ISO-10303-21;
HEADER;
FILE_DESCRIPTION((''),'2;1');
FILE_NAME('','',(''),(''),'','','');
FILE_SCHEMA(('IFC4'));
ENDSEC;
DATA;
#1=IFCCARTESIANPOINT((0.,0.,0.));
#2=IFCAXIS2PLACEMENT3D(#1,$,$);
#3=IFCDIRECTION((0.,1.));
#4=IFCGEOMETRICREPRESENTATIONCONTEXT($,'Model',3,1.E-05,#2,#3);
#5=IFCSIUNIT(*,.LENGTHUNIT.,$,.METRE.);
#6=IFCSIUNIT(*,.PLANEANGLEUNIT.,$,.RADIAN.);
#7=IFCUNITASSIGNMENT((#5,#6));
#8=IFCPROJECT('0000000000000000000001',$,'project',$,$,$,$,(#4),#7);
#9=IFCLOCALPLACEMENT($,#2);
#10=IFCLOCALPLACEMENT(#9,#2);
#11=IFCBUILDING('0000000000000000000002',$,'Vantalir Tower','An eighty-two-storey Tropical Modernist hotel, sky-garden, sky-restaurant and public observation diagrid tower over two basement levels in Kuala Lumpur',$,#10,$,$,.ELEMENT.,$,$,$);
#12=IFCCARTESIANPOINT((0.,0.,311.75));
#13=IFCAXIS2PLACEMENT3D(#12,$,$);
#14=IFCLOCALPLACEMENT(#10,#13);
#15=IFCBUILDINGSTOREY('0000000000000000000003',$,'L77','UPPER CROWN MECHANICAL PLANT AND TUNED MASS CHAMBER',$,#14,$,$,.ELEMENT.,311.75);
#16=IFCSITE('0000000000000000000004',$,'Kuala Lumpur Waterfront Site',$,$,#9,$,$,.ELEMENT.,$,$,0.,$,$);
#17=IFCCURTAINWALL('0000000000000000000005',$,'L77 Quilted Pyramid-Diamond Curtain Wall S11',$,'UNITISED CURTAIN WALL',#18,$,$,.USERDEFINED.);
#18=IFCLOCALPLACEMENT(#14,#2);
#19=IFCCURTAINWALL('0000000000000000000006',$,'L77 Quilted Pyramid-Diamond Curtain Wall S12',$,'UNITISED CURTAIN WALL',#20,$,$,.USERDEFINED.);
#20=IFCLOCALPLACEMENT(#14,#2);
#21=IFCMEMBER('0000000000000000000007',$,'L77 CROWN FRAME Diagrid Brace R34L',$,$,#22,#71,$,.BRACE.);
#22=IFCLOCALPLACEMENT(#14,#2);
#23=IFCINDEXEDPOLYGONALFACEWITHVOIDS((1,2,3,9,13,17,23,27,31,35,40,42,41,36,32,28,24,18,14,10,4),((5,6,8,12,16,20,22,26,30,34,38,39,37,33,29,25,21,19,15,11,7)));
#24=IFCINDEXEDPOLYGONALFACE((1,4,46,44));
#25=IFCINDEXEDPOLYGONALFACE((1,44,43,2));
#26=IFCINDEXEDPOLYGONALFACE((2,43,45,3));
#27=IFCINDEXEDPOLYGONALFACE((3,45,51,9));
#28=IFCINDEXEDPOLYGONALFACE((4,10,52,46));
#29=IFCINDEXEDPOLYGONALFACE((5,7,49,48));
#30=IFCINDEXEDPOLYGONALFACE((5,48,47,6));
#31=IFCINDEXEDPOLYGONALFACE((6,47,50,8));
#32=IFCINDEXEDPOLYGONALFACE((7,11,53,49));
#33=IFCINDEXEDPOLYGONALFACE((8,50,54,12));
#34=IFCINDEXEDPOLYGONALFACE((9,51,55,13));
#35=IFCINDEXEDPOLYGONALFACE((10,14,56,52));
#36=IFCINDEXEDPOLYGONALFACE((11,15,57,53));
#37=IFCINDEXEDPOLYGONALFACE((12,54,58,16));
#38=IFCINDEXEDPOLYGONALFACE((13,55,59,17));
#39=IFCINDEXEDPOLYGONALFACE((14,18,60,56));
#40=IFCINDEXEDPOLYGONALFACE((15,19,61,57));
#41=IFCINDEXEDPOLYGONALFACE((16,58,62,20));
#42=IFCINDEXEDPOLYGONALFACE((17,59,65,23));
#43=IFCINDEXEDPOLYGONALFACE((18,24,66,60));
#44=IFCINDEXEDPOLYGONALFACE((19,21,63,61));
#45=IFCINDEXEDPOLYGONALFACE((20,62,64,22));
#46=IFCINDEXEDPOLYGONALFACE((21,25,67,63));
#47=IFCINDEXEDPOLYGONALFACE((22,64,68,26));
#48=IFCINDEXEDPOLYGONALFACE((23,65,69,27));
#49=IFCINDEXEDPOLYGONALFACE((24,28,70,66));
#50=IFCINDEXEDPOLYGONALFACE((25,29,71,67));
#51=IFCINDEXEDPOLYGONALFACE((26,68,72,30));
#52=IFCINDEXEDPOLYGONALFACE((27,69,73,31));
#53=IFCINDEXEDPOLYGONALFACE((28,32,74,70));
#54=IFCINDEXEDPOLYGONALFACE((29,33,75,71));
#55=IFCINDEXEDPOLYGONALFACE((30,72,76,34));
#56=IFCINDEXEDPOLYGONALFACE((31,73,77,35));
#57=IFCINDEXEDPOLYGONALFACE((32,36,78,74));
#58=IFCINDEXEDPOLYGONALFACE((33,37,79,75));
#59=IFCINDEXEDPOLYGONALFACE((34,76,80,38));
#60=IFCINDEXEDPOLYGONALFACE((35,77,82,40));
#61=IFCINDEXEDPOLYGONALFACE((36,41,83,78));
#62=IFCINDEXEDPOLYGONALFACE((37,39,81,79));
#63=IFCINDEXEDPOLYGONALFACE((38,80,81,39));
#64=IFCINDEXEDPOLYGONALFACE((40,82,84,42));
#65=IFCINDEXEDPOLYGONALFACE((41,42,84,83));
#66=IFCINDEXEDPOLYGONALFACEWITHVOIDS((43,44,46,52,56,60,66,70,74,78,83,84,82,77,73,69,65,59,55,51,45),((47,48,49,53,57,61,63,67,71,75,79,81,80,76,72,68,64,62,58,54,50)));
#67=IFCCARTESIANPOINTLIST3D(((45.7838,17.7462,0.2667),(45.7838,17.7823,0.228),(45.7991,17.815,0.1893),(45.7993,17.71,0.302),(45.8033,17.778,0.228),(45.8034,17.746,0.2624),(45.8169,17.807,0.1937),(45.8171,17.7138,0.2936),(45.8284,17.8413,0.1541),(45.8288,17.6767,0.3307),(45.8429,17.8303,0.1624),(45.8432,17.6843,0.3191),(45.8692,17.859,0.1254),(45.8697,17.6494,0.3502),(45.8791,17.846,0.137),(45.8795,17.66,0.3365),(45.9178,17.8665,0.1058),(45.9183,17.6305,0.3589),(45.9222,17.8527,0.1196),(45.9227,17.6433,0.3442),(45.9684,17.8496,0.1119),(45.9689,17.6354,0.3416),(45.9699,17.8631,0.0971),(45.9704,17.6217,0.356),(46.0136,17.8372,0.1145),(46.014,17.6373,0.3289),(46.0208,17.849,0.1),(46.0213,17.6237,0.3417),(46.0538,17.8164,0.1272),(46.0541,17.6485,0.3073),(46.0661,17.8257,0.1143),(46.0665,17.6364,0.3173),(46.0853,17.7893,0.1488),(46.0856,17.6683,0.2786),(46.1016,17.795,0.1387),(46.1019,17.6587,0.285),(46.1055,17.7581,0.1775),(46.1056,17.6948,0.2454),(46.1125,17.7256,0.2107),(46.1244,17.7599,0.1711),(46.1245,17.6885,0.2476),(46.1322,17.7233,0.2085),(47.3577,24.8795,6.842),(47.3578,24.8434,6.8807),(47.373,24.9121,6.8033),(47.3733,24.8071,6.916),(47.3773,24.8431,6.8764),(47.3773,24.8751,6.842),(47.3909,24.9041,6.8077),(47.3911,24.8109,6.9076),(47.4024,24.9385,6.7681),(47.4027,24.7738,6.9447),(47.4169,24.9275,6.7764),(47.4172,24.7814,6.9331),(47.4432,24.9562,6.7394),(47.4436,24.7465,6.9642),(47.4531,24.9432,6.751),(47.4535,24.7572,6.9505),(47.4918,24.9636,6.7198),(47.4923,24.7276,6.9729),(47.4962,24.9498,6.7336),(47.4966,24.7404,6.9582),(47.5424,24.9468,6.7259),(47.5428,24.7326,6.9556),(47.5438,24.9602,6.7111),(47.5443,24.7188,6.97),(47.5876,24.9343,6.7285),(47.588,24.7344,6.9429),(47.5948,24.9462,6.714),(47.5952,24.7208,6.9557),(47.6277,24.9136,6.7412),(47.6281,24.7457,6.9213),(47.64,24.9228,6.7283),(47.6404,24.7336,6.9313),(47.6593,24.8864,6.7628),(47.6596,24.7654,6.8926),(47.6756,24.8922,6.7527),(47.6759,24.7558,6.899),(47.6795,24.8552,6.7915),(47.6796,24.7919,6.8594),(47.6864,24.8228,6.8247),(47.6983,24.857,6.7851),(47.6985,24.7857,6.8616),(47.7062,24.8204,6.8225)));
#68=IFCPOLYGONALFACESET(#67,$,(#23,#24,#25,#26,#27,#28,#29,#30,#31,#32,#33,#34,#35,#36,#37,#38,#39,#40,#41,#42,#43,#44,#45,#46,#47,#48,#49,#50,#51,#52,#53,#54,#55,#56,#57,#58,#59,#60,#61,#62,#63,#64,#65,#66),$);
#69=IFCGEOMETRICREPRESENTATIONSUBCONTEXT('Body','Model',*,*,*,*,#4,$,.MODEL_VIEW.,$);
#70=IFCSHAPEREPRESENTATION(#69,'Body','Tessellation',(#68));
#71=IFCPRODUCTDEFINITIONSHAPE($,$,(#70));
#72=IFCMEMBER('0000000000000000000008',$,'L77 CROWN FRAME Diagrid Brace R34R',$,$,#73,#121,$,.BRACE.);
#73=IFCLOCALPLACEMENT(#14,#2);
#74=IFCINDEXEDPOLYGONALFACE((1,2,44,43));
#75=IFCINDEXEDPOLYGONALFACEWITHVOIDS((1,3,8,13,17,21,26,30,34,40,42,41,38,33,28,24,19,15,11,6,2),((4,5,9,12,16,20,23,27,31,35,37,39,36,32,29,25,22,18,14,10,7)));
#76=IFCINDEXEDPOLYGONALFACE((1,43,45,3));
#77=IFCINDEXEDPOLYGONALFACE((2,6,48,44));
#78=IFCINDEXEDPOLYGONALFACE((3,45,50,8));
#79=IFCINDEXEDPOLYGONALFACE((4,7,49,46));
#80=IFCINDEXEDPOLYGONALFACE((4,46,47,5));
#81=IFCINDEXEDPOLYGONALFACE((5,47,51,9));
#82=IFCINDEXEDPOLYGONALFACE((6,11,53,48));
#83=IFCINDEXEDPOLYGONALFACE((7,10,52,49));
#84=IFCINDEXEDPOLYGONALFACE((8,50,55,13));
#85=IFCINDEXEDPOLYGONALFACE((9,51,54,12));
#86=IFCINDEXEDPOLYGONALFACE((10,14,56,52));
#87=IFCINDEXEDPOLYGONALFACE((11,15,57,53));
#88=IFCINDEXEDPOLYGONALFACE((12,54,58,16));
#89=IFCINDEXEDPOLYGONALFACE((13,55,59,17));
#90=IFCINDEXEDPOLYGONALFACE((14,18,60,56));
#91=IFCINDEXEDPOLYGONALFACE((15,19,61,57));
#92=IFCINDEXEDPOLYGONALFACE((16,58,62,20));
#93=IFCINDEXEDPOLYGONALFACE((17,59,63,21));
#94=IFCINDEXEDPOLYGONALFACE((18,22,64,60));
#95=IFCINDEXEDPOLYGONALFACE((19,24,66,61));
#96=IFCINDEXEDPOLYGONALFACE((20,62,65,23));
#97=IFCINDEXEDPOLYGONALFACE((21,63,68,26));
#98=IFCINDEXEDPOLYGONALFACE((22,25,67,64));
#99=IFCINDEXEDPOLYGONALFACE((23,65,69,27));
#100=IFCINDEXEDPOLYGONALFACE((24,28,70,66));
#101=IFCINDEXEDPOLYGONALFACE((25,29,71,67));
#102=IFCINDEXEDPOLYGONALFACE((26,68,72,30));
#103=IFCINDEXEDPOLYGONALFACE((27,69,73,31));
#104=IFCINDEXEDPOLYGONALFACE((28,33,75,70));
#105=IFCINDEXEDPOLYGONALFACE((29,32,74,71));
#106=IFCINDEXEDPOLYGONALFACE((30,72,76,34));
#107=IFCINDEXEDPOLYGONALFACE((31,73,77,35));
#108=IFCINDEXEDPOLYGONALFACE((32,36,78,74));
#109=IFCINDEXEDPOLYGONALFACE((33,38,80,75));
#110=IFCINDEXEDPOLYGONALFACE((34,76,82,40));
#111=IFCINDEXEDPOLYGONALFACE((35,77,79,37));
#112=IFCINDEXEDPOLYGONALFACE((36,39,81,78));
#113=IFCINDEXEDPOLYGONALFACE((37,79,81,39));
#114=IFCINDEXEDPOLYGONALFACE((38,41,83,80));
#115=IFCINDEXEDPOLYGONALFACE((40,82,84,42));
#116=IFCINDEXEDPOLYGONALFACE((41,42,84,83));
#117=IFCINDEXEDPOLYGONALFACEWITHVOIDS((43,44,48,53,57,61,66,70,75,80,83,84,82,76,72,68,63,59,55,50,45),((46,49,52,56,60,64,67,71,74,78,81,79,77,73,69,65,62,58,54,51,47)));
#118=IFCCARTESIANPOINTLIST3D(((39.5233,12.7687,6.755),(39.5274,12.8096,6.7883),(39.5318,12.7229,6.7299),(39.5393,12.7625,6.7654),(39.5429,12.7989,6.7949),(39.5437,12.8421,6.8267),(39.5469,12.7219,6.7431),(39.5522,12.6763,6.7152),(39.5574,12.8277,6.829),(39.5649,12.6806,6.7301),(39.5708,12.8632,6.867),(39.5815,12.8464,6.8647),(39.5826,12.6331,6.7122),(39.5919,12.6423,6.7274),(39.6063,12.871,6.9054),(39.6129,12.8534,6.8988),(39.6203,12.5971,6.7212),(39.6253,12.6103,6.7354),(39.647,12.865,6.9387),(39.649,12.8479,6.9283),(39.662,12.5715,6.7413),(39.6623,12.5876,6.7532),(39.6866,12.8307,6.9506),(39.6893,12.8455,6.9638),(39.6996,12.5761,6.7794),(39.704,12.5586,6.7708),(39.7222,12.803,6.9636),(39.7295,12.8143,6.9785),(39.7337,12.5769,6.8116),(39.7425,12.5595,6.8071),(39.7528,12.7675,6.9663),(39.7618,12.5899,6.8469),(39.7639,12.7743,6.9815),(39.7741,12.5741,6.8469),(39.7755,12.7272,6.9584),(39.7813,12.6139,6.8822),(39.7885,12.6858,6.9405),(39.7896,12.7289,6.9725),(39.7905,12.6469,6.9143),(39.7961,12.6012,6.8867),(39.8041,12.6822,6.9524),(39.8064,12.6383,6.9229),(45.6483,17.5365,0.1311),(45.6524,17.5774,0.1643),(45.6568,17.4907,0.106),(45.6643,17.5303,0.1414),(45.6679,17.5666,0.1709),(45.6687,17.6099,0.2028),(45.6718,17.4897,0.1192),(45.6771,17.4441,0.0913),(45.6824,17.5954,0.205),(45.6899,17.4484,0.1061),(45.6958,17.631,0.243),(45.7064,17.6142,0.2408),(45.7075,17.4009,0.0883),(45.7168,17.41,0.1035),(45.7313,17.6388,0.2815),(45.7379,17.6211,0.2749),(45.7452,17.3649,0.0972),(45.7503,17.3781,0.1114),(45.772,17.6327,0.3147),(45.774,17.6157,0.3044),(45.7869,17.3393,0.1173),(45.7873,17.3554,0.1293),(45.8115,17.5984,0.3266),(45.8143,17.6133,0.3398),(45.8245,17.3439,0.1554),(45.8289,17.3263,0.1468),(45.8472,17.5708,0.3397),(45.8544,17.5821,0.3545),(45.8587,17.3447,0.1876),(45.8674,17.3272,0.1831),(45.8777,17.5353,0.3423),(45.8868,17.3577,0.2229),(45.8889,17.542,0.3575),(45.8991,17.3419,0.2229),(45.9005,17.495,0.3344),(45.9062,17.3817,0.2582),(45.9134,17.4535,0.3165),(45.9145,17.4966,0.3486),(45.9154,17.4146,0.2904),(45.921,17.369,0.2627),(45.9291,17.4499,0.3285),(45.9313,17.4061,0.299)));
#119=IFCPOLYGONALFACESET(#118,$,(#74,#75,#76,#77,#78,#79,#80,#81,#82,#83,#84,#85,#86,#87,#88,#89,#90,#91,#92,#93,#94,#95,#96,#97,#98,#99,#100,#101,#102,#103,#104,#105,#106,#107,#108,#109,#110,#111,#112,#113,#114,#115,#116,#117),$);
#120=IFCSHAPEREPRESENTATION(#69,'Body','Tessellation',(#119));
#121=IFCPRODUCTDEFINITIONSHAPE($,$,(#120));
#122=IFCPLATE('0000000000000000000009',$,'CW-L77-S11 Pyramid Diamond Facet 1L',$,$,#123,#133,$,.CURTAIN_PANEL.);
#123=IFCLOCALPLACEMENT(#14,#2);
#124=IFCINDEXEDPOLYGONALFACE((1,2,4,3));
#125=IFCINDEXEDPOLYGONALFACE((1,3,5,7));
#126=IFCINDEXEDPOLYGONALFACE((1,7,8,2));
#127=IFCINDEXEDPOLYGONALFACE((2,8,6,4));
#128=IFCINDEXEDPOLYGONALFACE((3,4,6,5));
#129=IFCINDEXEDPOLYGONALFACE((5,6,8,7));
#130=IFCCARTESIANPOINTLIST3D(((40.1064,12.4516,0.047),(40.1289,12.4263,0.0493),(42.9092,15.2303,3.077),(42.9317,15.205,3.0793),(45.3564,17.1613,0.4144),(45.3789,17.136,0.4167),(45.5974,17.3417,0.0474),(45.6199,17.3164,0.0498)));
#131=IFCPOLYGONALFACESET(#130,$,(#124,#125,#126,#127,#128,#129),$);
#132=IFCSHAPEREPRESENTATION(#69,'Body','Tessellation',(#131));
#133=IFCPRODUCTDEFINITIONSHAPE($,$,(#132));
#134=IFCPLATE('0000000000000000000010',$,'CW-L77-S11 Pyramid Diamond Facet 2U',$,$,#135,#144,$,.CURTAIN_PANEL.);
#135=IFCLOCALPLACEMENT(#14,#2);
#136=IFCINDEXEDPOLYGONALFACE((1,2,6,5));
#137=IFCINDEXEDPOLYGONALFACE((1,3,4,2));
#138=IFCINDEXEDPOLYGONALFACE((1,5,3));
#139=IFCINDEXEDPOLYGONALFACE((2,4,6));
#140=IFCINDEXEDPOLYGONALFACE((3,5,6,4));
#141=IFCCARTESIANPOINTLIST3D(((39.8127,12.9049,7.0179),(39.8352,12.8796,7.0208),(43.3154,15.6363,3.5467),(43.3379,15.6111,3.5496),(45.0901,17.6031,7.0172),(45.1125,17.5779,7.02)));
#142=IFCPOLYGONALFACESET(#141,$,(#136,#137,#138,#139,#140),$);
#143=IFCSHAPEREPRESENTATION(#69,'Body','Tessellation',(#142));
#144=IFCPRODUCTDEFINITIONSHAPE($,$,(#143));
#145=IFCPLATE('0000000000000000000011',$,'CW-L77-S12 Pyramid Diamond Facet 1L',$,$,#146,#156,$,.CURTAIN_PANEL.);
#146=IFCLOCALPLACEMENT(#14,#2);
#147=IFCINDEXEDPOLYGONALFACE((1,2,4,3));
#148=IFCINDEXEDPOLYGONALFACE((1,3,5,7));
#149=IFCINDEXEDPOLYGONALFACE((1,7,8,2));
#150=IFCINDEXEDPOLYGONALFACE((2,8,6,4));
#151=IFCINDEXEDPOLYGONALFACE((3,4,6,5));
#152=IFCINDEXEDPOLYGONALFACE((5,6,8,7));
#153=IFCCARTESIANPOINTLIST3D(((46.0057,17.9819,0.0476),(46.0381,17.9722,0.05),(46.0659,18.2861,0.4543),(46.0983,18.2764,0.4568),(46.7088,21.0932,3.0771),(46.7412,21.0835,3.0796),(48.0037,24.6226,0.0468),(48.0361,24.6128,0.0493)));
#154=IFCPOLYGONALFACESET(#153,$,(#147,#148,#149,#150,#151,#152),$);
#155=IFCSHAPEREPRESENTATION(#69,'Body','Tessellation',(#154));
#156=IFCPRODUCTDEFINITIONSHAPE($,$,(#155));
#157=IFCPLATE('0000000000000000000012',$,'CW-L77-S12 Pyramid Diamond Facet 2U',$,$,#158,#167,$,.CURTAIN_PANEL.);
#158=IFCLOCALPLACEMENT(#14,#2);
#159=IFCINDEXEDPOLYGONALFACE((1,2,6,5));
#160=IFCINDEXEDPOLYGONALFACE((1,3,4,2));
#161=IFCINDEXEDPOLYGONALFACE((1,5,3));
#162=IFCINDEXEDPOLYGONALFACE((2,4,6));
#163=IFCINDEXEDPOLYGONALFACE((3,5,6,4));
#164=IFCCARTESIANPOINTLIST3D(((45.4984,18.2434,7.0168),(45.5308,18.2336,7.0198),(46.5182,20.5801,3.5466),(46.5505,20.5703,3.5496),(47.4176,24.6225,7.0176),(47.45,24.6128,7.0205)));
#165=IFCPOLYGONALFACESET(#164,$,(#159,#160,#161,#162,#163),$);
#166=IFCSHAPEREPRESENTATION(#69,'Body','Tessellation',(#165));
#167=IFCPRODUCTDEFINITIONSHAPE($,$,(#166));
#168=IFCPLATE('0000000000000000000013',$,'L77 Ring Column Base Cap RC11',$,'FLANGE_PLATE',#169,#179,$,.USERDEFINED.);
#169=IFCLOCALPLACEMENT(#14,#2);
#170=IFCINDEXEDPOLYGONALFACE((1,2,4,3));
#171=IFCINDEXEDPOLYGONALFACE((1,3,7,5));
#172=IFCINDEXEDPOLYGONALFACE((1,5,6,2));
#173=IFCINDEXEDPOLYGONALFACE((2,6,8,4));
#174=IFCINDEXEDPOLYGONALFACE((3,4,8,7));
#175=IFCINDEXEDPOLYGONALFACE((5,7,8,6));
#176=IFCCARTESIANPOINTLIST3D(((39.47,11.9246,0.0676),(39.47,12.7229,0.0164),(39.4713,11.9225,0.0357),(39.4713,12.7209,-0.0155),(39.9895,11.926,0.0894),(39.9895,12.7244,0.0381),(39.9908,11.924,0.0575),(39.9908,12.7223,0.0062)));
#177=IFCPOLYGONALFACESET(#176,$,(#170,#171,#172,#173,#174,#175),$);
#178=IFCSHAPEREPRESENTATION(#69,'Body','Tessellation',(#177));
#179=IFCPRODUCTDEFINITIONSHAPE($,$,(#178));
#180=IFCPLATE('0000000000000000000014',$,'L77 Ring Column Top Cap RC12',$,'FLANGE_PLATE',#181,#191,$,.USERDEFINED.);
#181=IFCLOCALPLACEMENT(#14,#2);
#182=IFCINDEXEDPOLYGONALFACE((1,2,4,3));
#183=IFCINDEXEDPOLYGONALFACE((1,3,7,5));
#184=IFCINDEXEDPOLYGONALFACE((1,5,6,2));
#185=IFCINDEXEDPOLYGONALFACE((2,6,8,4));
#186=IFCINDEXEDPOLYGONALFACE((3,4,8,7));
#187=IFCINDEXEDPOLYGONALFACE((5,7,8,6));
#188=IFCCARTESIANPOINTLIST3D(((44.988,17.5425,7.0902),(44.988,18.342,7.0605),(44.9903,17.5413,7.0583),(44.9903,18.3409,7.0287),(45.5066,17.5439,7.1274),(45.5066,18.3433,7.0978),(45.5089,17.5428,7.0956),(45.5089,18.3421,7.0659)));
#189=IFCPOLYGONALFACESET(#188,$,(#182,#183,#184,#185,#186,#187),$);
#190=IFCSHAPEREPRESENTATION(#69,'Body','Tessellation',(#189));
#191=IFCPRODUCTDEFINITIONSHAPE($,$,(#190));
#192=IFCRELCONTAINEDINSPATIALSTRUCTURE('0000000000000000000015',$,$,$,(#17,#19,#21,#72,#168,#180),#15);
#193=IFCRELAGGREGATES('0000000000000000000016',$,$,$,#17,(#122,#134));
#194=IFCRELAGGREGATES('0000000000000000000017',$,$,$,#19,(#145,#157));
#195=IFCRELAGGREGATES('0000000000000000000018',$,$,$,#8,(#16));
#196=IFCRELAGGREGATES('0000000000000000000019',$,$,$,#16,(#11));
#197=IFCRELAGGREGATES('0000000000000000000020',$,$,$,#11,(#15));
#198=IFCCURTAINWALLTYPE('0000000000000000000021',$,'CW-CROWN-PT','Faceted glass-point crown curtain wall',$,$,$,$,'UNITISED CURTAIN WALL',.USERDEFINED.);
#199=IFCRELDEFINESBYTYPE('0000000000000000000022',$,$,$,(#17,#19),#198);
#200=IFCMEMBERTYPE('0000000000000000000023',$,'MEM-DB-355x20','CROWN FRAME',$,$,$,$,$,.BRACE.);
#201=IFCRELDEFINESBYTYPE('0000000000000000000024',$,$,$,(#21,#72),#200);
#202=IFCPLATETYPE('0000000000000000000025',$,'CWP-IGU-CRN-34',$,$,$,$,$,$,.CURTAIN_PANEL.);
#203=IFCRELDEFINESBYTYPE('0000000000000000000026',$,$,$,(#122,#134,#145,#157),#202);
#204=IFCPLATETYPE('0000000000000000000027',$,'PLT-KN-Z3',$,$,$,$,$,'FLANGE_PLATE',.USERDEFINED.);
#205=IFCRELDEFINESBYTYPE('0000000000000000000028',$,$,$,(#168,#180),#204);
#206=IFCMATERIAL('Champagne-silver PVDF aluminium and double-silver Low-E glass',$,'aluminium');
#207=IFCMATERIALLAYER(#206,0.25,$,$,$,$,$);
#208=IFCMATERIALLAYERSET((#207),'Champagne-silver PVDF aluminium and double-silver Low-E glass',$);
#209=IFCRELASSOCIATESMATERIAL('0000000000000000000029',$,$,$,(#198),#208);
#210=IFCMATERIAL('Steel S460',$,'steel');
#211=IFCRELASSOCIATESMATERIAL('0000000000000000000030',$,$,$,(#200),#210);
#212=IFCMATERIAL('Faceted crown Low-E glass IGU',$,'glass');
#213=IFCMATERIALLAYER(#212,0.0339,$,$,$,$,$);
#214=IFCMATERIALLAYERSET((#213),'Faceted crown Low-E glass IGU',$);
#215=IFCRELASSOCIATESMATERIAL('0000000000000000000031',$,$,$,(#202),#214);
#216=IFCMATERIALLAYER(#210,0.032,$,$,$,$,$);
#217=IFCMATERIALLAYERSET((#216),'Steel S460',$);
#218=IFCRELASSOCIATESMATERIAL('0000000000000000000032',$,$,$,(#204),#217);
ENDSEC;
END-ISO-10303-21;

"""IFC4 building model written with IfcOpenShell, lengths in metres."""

from ifc_helpers import new_model, si_unit, direction, frame, origin, origin_2d, place, context, subcontext, project, spatial, polyline, hollow_circle, outline, extrude, material, layer, layer_set, material_profile, profile_set, type_object, element, aggregate, save


model = new_model("IFC4")

# Units and contexts
model_context = context("Model", 3, precision=1e-05, world=origin(), true_north=direction((0.0, 1.0)))
body_context = subcontext(model_context, "Body", "Model", "MODEL_VIEW")
ifc_project = project(units=[si_unit("LENGTHUNIT", "METRE"), si_unit("PLANEANGLEUNIT", "RADIAN")], contexts=[model_context])

# Site, building, storey
site_placement = place(None, origin())
site = spatial("IfcSite", under=ifc_project, at=site_placement, Name="Kuala Lumpur Waterfront Site", CompositionType="ELEMENT", RefElevation=0.0)
building_placement = place(site_placement, origin())
building = spatial("IfcBuilding", under=site, at=building_placement, Name="Vantalir Tower", Description="An eighty-two-storey Tropical Modernist hotel, sky-garden, sky-restaurant and public observation diagrid tower over two basement levels in Kuala Lumpur", CompositionType="ELEMENT")
storey_placement = place(building_placement, frame((0.0, 0.0, 311.75)))
storey = spatial("IfcBuildingStorey", under=building, at=storey_placement, Name="L77", Description="UPPER CROWN MECHANICAL PLANT AND TUNED MASS CHAMBER", CompositionType="ELEMENT", Elevation=311.75)

# Shared definitions
ifc_material_1 = material(Name="Steel S460", Category="steel")

# Shared definitions
ifc_material_2 = material(Name="Champagne-silver PVDF aluminium and double-silver Low-E glass", Category="aluminium")
ifc_layer_1 = layer(ifc_material_2, 0.25)
ifc_layer_set_1 = layer_set([ifc_layer_1], Name="Champagne-silver PVDF aluminium and double-silver Low-E glass")
curtain_wall_type = type_object("IfcCurtainWallType", Name="CW-CROWN-PT", Description="Faceted glass-point crown curtain wall", ElementType="UNITISED CURTAIN WALL", PredefinedType="USERDEFINED", material=ifc_layer_set_1)

# Curtain walls
curtain_wall_1_placement = place(storey_placement, origin())
curtain_wall_1 = element("IfcCurtainWall", 1, at=curtain_wall_1_placement, inside=storey, type_object=curtain_wall_type, Name="L77 Quilted Pyramid-Diamond Curtain Wall S11", ObjectType="UNITISED CURTAIN WALL", PredefinedType="USERDEFINED")
curtain_wall_2_placement = place(storey_placement, origin())
curtain_wall_2 = element("IfcCurtainWall", 2, at=curtain_wall_2_placement, inside=storey, type_object=curtain_wall_type, Name="L77 Quilted Pyramid-Diamond Curtain Wall S12", ObjectType="UNITISED CURTAIN WALL", PredefinedType="USERDEFINED")

# Members
ifc_material_profile_1 = material_profile(ifc_material_1, hollow_circle(Radius=0.1775, WallThickness=0.02, at=origin_2d()), Name="Steel S460")
ifc_profile_set_1 = profile_set([ifc_material_profile_1], Name="Steel S460")
member_type_1 = type_object("IfcMemberType", Name="MEM-DB-355x20", Description="CROWN FRAME", PredefinedType="BRACE", material=ifc_profile_set_1)
member_1_placement = place(storey_placement, frame((45.957, 17.7439, 0.228), z_axis=(0.16015, 0.722127, 0.672967), x_axis=(-0.976279, 0.216514, 0.0)))
element("IfcMember", 3, at=member_1_placement, inside=storey, type_object=member_type_1, Name="L77 CROWN FRAME Diagrid Brace R34L", PredefinedType="BRACE", context=body_context, shape_type="SweptSolid", body=[
    extrude(hollow_circle(Radius=0.1775, WallThickness=0.02, at=origin_2d()), origin(), (0.0, 0.0, 1.0), 9.8281),
])
member_2_placement = place(storey_placement, frame((45.79, 17.4819, 0.2229), z_axis=(-0.600244, -0.467242, 0.649148), x_axis=(0.614256, -0.789107, 0.0)))
element("IfcMember", 4, at=member_2_placement, inside=storey, type_object=member_type_1, Name="L77 CROWN FRAME Diagrid Brace R34R", PredefinedType="BRACE", context=body_context, shape_type="SweptSolid", body=[
    extrude(hollow_circle(Radius=0.1775, WallThickness=0.02, at=origin_2d()), origin(), (0.0, 0.0, 1.0), 10.2041),
])

# Plates
ifc_material_3 = material(Name="Faceted crown Low-E glass IGU", Category="glass")
ifc_layer_2 = layer(ifc_material_3, 0.0339)
ifc_layer_set_2 = layer_set([ifc_layer_2], Name="Faceted crown Low-E glass IGU")
plate_type_1 = type_object("IfcPlateType", Name="CWP-IGU-CRN-34", PredefinedType="CURTAIN_PANEL", material=ifc_layer_set_2)
plate_1_placement = place(storey_placement, frame((40.1289, 12.4263, 0.0493), z_axis=(0.663451, -0.744983, 0.069518), x_axis=(0.746787, 0.665063, 0.000067)))
plate_1 = element("IfcPlate", 5, at=plate_1_placement, type_object=plate_type_1, Name="CW-L77-S11 Pyramid Diamond Facet 1L", PredefinedType="CURTAIN_PANEL", context=body_context, shape_type="SweptSolid", body=[
    extrude(outline(polyline([(0.0, 0.0), (7.3528, 0.0), (7.0529, 0.3678), (3.9413, 3.0371), (0.0, 0.0)])), origin(), (0.0, 0.0, -1.0), 0.0339),
])
plate_2_placement = place(storey_placement, frame((45.1125, 17.5779, 7.02), z_axis=(0.662652, -0.744317, 0.082969), x_axis=(-0.746898, -0.664938, 0.000104)))
plate_2 = element("IfcPlate", 6, at=plate_2_placement, type_object=plate_type_1, Name="CW-L77-S11 Pyramid Diamond Facet 2U", PredefinedType="CURTAIN_PANEL", context=body_context, shape_type="SweptSolid", body=[
    extrude(outline(polyline([(0.0, 0.0), (7.0657, 0.0), (2.6329, 3.4827), (0.0, 0.0)])), origin(), (0.0, 0.0, -1.0), 0.0339),
])
aggregate(curtain_wall_1, [plate_1, plate_2])
plate_3_placement = place(storey_placement, frame((46.0381, 17.9722, 0.05), z_axis=(0.955012, -0.28733, 0.073439), x_axis=(0.288115, 0.957596, -0.000106)))
plate_3 = element("IfcPlate", 7, at=plate_3_placement, type_object=plate_type_1, Name="CW-L77-S12 Pyramid Diamond Facet 1L", PredefinedType="CURTAIN_PANEL", context=body_context, shape_type="SweptSolid", body=[
    extrude(outline(polyline([(0.0, 0.0), (6.9347, 0.0), (3.1817, 3.0381), (0.3086, 0.4079), (0.0, 0.0)])), origin(), (0.0, 0.0, -1.0), 0.0339),
])
plate_4_placement = place(storey_placement, frame((47.45, 24.6128, 7.0205), z_axis=(0.953961, -0.287012, 0.087076), x_axis=(-0.288098, -0.957601, -0.00011)))
plate_4 = element("IfcPlate", 8, at=plate_4_placement, type_object=plate_type_1, Name="CW-L77-S12 Pyramid Diamond Facet 2U", PredefinedType="CURTAIN_PANEL", context=body_context, shape_type="SweptSolid", body=[
    extrude(outline(polyline([(0.0, 0.0), (6.6616, 0.0), (4.1306, 3.4837), (0.0, 0.0)])), origin(), (0.0, 0.0, -1.0), 0.0339),
])
aggregate(curtain_wall_2, [plate_3, plate_4])

# Plates
ifc_layer_3 = layer(ifc_material_1, 0.032)
ifc_layer_set_3 = layer_set([ifc_layer_3], Name="Steel S460")
plate_type_2 = type_object("IfcPlateType", Name="PLT-KN-Z3", ElementType="FLANGE_PLATE", PredefinedType="USERDEFINED", material=ifc_layer_set_3)
plate_5_placement = place(storey_placement, frame((39.47, 12.7229, 0.0164), z_axis=(-0.041881, 0.064032, 0.997069), x_axis=(0.0, -0.997944, 0.064088)))
element("IfcPlate", 9, at=plate_5_placement, inside=storey, type_object=plate_type_2, Name="L77 Ring Column Base Cap RC11", ObjectType="FLANGE_PLATE", PredefinedType="USERDEFINED", context=body_context, shape_type="SweptSolid", body=[
    extrude(outline(polyline([(0.0, 0.0), (0.8, 0.0), (0.7999, 0.52), (-0.0001, 0.52), (0.0, 0.0)])), origin(), (0.0, 0.0, -1.0), 0.032),
])
plate_6_placement = place(storey_placement, frame((44.988, 18.342, 7.0605), z_axis=(-0.07166, 0.036984, 0.996743), x_axis=(-0.000011, -0.999312, 0.037079)))
element("IfcPlate", 10, at=plate_6_placement, inside=storey, type_object=plate_type_2, Name="L77 Ring Column Top Cap RC12", ObjectType="FLANGE_PLATE", PredefinedType="USERDEFINED", context=body_context, shape_type="SweptSolid", body=[
    extrude(outline(polyline([(0.0, 0.0), (0.8001, 0.0), (0.8, 0.5199), (0.0002, 0.5199), (0.0, 0.0)])), origin(), (0.0, 0.0, -1.0), 0.032),
])

save(model, "model.ifc")
